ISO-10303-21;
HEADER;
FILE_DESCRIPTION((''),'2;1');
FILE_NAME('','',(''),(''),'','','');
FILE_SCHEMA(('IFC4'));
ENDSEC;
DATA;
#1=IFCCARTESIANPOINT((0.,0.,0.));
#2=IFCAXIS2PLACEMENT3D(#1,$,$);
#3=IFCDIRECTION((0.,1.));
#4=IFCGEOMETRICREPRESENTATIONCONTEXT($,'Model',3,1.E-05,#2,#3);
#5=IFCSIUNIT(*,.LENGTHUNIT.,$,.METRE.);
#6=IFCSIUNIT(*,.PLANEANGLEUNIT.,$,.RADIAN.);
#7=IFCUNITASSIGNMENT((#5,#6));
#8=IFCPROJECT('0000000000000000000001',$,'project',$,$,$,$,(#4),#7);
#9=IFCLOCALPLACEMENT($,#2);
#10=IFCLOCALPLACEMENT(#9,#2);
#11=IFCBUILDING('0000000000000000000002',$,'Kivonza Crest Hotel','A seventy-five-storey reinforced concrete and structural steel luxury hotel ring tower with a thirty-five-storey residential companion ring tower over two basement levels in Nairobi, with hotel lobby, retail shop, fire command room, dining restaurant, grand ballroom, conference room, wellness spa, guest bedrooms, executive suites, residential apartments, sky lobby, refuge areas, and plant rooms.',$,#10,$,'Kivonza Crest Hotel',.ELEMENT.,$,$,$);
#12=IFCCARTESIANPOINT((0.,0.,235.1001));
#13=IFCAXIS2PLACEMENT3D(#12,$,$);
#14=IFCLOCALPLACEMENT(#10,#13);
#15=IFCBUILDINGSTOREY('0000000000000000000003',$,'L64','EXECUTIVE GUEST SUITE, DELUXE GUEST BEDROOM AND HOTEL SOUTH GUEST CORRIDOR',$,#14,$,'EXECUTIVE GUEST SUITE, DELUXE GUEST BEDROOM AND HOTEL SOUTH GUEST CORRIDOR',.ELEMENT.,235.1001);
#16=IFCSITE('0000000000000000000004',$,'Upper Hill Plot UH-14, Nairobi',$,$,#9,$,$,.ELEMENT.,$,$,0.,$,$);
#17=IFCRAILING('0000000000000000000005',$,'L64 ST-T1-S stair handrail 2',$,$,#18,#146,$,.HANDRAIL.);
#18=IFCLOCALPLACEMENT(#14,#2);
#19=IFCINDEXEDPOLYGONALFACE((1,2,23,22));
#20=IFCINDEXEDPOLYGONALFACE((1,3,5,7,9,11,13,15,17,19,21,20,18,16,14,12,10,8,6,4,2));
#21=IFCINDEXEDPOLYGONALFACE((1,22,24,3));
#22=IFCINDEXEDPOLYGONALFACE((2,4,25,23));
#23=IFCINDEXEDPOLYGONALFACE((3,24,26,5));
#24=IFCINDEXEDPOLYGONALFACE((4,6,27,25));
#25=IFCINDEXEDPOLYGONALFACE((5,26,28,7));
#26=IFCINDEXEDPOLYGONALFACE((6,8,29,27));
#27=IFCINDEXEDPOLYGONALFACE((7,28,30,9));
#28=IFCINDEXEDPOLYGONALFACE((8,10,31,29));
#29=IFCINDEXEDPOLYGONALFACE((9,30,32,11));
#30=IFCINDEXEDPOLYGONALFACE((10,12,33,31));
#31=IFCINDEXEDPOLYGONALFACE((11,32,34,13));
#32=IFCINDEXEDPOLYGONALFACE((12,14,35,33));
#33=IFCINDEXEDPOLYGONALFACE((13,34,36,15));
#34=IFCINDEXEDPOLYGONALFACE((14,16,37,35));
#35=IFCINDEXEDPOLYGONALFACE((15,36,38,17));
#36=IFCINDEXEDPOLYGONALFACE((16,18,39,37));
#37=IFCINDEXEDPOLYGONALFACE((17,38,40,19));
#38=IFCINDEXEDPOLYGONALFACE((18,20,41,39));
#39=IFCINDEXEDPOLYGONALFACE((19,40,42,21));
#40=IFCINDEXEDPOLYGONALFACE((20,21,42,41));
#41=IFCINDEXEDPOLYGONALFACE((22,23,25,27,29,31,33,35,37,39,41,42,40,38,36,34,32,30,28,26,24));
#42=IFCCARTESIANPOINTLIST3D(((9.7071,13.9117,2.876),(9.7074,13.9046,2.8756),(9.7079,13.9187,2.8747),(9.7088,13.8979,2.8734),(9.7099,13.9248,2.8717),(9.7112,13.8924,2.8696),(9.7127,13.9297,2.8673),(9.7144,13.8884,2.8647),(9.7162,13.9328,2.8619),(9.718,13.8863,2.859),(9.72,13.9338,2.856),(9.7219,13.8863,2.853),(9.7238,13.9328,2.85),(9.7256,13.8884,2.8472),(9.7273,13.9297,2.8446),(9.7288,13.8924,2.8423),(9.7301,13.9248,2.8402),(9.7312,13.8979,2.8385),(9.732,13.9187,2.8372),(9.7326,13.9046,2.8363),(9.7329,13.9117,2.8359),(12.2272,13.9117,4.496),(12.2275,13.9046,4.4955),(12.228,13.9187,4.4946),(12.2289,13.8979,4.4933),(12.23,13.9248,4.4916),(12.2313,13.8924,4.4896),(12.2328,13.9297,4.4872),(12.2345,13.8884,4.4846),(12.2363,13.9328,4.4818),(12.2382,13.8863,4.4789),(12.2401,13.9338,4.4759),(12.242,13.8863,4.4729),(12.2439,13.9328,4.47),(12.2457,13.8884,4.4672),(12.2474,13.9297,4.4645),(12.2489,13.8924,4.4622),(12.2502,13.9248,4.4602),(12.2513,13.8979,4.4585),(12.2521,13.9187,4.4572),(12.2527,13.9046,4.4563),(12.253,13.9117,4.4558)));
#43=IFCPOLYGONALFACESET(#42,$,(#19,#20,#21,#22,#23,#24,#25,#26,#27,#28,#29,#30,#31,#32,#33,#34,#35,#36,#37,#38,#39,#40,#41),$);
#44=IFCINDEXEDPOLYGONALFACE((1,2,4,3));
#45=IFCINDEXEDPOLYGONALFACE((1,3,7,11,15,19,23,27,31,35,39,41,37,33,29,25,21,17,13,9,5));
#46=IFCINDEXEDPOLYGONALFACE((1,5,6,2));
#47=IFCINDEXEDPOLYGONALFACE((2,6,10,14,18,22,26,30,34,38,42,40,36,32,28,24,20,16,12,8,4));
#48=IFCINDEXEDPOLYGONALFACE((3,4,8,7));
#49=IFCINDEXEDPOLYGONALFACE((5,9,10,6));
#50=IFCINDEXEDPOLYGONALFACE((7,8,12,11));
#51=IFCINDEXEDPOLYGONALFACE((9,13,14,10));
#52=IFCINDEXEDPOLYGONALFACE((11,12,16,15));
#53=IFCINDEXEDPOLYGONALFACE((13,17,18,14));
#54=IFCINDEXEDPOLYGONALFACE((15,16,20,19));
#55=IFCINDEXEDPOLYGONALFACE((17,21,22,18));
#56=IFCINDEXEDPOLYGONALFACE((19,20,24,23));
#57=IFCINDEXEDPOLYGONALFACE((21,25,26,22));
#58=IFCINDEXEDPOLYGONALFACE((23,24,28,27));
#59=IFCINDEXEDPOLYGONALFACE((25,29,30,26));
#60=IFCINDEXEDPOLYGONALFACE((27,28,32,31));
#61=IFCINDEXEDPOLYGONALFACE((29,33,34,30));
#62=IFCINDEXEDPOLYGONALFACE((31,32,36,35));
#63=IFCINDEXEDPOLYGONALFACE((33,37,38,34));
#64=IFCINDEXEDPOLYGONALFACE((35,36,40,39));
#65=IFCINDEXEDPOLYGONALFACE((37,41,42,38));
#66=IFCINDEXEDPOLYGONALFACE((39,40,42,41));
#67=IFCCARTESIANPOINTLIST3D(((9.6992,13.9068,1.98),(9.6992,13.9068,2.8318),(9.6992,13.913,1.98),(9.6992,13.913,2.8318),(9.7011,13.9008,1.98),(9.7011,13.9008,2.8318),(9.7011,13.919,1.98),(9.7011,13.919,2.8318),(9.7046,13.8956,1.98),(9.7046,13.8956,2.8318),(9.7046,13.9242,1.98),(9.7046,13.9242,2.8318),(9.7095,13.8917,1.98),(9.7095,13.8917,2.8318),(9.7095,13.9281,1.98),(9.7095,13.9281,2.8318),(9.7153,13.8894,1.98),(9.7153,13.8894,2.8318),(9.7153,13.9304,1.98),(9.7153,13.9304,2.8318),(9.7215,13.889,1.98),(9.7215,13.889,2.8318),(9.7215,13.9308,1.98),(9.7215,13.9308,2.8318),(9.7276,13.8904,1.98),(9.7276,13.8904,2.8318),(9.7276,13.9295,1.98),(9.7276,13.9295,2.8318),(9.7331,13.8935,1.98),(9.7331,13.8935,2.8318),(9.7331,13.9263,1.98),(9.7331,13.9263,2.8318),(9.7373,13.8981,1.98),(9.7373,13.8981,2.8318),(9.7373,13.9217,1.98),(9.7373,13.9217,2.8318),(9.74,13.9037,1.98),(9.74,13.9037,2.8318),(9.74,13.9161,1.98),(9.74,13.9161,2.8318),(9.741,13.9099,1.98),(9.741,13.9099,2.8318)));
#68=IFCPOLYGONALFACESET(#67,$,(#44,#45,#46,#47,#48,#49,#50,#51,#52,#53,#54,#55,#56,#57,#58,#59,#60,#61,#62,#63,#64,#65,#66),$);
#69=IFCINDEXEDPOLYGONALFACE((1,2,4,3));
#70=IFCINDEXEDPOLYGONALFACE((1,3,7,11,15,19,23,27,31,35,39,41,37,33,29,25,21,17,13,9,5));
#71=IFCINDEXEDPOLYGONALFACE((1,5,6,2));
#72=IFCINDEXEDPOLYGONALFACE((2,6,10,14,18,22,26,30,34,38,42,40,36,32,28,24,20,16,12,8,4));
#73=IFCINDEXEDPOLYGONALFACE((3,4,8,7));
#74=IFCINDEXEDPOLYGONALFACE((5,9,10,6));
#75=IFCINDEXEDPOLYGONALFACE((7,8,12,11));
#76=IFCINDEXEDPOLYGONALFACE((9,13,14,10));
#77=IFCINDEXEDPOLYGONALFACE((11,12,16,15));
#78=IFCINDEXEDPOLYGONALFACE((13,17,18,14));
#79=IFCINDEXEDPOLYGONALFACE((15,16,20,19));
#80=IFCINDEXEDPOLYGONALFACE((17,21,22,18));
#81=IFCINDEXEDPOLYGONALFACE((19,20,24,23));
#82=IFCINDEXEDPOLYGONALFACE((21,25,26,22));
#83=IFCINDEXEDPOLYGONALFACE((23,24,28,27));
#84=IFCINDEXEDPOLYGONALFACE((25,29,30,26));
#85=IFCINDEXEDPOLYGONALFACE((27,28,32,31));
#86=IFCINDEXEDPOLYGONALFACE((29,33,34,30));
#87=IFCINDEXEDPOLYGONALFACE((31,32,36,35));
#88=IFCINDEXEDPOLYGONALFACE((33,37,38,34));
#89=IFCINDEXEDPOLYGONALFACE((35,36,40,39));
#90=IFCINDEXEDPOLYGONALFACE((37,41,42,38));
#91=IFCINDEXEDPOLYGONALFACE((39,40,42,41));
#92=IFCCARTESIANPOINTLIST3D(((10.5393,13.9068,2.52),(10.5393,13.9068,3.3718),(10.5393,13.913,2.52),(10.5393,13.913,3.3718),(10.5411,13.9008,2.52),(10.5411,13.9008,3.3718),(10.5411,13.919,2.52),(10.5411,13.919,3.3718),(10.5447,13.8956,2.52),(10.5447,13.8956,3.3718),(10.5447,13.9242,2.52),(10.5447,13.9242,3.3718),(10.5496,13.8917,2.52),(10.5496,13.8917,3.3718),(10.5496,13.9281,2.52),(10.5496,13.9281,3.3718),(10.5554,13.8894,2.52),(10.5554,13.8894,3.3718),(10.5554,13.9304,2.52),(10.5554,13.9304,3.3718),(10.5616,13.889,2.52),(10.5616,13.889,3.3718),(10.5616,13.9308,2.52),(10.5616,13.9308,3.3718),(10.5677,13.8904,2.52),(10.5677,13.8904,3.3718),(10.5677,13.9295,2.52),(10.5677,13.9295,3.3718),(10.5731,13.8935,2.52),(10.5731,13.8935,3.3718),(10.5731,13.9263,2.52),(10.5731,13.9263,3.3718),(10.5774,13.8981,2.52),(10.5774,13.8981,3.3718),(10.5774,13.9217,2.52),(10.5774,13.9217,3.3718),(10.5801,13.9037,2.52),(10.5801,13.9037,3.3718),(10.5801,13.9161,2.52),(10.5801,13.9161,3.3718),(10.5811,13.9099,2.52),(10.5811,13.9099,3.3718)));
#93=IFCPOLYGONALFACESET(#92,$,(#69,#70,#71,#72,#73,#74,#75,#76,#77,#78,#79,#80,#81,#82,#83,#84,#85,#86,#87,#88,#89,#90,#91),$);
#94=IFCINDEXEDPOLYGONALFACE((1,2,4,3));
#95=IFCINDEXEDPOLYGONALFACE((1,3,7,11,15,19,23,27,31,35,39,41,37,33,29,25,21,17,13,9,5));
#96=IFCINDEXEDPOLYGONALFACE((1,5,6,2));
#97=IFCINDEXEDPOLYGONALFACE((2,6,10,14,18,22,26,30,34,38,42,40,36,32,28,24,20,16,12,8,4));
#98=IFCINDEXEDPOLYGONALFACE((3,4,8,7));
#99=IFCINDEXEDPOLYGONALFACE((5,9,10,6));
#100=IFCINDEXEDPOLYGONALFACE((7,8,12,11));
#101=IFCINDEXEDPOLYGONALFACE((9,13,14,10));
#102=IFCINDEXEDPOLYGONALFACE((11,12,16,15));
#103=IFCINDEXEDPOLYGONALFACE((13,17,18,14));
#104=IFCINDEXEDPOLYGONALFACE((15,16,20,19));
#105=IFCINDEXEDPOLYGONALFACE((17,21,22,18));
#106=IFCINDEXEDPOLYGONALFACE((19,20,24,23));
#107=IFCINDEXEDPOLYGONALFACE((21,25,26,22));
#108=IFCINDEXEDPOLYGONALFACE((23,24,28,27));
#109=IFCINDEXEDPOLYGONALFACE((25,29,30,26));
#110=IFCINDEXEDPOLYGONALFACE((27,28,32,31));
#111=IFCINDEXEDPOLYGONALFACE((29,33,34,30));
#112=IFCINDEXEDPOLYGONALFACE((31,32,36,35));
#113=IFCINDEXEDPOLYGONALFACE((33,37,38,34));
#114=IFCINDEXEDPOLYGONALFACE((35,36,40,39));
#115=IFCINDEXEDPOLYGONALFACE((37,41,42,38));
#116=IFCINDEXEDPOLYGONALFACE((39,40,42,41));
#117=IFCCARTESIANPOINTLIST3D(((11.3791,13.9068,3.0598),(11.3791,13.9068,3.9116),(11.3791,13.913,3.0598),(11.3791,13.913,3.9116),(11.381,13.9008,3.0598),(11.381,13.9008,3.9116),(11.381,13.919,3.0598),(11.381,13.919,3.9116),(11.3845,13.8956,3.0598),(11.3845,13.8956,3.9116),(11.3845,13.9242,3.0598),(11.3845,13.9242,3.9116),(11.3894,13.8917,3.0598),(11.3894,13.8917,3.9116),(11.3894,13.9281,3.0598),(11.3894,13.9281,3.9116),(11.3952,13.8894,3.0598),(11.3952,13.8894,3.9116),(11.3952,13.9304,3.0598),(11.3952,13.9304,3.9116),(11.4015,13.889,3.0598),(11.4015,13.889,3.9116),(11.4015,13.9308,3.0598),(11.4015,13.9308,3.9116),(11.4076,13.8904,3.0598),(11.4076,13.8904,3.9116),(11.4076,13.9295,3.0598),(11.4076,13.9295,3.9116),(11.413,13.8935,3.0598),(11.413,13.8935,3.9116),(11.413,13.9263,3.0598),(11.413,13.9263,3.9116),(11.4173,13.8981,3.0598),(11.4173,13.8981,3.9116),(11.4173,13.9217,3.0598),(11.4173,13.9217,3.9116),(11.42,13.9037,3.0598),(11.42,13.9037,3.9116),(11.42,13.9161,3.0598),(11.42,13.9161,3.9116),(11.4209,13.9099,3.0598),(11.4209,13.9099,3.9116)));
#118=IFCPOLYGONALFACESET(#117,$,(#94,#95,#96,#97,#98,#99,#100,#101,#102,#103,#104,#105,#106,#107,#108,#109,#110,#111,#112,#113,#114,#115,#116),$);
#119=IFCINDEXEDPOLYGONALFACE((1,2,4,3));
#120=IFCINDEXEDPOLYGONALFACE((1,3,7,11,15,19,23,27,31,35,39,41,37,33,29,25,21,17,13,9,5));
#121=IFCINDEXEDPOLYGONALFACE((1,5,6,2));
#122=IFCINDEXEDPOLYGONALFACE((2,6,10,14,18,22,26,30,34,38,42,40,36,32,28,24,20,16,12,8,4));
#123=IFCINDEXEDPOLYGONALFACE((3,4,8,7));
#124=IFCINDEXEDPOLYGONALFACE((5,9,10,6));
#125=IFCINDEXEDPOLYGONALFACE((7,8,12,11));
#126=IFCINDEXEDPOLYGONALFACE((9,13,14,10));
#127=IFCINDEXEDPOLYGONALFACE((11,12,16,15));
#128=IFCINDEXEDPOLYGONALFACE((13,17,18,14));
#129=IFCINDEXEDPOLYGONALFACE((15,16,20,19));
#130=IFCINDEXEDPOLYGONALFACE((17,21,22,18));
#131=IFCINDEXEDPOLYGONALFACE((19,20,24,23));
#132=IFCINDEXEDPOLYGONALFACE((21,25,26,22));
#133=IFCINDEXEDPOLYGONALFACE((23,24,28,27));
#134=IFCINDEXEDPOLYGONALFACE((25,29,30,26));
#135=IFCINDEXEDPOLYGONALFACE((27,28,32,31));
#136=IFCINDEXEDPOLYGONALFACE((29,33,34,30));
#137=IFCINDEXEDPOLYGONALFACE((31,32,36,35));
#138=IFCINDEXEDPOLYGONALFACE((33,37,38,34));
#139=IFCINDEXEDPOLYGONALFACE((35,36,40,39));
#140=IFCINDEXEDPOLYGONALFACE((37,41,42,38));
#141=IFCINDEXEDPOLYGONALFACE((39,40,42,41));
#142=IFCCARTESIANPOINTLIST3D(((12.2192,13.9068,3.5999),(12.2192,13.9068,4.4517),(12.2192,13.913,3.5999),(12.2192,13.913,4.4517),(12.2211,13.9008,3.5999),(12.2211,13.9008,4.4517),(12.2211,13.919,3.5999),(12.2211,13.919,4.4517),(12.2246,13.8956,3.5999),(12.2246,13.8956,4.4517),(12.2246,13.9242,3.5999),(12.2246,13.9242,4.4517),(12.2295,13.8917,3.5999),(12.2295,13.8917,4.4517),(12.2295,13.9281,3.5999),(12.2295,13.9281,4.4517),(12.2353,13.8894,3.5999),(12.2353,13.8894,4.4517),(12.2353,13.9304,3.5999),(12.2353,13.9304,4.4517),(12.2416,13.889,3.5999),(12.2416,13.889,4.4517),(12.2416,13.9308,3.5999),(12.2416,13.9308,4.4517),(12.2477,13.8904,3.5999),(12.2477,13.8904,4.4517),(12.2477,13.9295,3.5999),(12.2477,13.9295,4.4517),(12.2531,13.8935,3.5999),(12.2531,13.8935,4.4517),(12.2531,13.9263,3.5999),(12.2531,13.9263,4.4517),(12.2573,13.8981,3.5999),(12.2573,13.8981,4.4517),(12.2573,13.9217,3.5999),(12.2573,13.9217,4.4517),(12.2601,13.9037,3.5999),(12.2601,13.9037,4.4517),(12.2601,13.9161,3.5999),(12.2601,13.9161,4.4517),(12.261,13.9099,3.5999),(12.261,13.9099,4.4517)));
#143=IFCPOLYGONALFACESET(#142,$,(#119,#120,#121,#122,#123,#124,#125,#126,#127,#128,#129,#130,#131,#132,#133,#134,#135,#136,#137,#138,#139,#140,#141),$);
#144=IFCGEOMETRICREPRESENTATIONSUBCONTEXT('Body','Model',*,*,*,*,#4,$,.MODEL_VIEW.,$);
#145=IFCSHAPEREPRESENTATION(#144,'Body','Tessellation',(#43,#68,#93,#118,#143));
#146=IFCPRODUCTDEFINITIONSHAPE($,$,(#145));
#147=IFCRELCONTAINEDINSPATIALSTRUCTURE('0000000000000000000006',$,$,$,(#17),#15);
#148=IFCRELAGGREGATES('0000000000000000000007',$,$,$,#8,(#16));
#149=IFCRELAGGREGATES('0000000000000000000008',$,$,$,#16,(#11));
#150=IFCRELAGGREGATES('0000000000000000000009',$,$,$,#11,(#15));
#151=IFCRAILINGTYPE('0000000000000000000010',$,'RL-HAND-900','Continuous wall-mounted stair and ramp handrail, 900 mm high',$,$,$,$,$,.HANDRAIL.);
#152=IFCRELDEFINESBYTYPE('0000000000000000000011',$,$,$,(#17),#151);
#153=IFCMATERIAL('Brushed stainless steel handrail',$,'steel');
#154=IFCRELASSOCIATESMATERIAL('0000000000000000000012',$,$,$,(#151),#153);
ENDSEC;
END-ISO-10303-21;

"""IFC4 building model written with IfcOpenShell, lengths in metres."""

from ifc_helpers import new_model, si_unit, direction, frame, origin, origin_2d, place, context, subcontext, project, spatial, circle, extrude, material, type_object, element, save


model = new_model("IFC4")

# Units and contexts
model_context = context("Model", 3, precision=1e-05, world=origin(), true_north=direction((0.0, 1.0)))
body_context = subcontext(model_context, "Body", "Model", "MODEL_VIEW")
ifc_project = project(units=[si_unit("LENGTHUNIT", "METRE"), si_unit("PLANEANGLEUNIT", "RADIAN")], contexts=[model_context])

# Site, building, storey
site_placement = place(None, origin())
site = spatial("IfcSite", under=ifc_project, at=site_placement, Name="Upper Hill Plot UH-14, Nairobi", CompositionType="ELEMENT", RefElevation=0.0)
building_placement = place(site_placement, origin())
building = spatial("IfcBuilding", under=site, at=building_placement, Name="Kivonza Crest Hotel", Description="A seventy-five-storey reinforced concrete and structural steel luxury hotel ring tower with a thirty-five-storey residential companion ring tower over two basement levels in Nairobi, with hotel lobby, retail shop, fire command room, dining restaurant, grand ballroom, conference room, wellness spa, guest bedrooms, executive suites, residential apartments, sky lobby, refuge areas, and plant rooms.", LongName="Kivonza Crest Hotel", CompositionType="ELEMENT")
storey_placement = place(building_placement, frame((0.0, 0.0, 235.1001)))
storey = spatial("IfcBuildingStorey", under=building, at=storey_placement, Name="L64", Description="EXECUTIVE GUEST SUITE, DELUXE GUEST BEDROOM AND HOTEL SOUTH GUEST CORRIDOR", LongName="EXECUTIVE GUEST SUITE, DELUXE GUEST BEDROOM AND HOTEL SOUTH GUEST CORRIDOR", CompositionType="ELEMENT", Elevation=235.1001)

# Railing
ifc_material_1 = material(Name="Brushed stainless steel handrail", Category="steel")
railing_type_1 = type_object("IfcRailingType", Name="RL-HAND-900", Description="Continuous wall-mounted stair and ramp handrail, 900 mm high", PredefinedType="HANDRAIL", material=ifc_material_1)
railing_1_placement = place(storey_placement, frame((9.72, 13.9099, 1.98)))
element("IfcRailing", 1, at=railing_1_placement, inside=storey, type_object=railing_type_1, Name="L64 ST-T1-S stair handrail 2", PredefinedType="HANDRAIL", context=body_context, shape_type="SweptSolid", body=[
    extrude(circle(Radius=0.0239, at=origin_2d()), frame((0.0, 0.0, 0.876), z_axis=(0.8412, 0.0, 0.540725), x_axis=(0.0, 1.0, 0.0)), (0.0, 0.0, 1.0), 2.9958),
    extrude(circle(Radius=0.021, at=origin_2d()), origin(), (0.0, 0.0, 1.0), 0.8518),
    extrude(circle(Radius=0.021, at=origin_2d()), frame((0.8401, 0.0, 0.54)), (0.0, 0.0, 1.0), 0.8518),
    extrude(circle(Radius=0.021, at=origin_2d()), frame((1.6799, 0.0, 1.0798)), (0.0, 0.0, 1.0), 0.8518),
    extrude(circle(Radius=0.021, at=origin_2d()), frame((2.52, 0.0, 1.6199)), (0.0, 0.0, 1.0), 0.8518),
])

save(model, "model.ifc")
